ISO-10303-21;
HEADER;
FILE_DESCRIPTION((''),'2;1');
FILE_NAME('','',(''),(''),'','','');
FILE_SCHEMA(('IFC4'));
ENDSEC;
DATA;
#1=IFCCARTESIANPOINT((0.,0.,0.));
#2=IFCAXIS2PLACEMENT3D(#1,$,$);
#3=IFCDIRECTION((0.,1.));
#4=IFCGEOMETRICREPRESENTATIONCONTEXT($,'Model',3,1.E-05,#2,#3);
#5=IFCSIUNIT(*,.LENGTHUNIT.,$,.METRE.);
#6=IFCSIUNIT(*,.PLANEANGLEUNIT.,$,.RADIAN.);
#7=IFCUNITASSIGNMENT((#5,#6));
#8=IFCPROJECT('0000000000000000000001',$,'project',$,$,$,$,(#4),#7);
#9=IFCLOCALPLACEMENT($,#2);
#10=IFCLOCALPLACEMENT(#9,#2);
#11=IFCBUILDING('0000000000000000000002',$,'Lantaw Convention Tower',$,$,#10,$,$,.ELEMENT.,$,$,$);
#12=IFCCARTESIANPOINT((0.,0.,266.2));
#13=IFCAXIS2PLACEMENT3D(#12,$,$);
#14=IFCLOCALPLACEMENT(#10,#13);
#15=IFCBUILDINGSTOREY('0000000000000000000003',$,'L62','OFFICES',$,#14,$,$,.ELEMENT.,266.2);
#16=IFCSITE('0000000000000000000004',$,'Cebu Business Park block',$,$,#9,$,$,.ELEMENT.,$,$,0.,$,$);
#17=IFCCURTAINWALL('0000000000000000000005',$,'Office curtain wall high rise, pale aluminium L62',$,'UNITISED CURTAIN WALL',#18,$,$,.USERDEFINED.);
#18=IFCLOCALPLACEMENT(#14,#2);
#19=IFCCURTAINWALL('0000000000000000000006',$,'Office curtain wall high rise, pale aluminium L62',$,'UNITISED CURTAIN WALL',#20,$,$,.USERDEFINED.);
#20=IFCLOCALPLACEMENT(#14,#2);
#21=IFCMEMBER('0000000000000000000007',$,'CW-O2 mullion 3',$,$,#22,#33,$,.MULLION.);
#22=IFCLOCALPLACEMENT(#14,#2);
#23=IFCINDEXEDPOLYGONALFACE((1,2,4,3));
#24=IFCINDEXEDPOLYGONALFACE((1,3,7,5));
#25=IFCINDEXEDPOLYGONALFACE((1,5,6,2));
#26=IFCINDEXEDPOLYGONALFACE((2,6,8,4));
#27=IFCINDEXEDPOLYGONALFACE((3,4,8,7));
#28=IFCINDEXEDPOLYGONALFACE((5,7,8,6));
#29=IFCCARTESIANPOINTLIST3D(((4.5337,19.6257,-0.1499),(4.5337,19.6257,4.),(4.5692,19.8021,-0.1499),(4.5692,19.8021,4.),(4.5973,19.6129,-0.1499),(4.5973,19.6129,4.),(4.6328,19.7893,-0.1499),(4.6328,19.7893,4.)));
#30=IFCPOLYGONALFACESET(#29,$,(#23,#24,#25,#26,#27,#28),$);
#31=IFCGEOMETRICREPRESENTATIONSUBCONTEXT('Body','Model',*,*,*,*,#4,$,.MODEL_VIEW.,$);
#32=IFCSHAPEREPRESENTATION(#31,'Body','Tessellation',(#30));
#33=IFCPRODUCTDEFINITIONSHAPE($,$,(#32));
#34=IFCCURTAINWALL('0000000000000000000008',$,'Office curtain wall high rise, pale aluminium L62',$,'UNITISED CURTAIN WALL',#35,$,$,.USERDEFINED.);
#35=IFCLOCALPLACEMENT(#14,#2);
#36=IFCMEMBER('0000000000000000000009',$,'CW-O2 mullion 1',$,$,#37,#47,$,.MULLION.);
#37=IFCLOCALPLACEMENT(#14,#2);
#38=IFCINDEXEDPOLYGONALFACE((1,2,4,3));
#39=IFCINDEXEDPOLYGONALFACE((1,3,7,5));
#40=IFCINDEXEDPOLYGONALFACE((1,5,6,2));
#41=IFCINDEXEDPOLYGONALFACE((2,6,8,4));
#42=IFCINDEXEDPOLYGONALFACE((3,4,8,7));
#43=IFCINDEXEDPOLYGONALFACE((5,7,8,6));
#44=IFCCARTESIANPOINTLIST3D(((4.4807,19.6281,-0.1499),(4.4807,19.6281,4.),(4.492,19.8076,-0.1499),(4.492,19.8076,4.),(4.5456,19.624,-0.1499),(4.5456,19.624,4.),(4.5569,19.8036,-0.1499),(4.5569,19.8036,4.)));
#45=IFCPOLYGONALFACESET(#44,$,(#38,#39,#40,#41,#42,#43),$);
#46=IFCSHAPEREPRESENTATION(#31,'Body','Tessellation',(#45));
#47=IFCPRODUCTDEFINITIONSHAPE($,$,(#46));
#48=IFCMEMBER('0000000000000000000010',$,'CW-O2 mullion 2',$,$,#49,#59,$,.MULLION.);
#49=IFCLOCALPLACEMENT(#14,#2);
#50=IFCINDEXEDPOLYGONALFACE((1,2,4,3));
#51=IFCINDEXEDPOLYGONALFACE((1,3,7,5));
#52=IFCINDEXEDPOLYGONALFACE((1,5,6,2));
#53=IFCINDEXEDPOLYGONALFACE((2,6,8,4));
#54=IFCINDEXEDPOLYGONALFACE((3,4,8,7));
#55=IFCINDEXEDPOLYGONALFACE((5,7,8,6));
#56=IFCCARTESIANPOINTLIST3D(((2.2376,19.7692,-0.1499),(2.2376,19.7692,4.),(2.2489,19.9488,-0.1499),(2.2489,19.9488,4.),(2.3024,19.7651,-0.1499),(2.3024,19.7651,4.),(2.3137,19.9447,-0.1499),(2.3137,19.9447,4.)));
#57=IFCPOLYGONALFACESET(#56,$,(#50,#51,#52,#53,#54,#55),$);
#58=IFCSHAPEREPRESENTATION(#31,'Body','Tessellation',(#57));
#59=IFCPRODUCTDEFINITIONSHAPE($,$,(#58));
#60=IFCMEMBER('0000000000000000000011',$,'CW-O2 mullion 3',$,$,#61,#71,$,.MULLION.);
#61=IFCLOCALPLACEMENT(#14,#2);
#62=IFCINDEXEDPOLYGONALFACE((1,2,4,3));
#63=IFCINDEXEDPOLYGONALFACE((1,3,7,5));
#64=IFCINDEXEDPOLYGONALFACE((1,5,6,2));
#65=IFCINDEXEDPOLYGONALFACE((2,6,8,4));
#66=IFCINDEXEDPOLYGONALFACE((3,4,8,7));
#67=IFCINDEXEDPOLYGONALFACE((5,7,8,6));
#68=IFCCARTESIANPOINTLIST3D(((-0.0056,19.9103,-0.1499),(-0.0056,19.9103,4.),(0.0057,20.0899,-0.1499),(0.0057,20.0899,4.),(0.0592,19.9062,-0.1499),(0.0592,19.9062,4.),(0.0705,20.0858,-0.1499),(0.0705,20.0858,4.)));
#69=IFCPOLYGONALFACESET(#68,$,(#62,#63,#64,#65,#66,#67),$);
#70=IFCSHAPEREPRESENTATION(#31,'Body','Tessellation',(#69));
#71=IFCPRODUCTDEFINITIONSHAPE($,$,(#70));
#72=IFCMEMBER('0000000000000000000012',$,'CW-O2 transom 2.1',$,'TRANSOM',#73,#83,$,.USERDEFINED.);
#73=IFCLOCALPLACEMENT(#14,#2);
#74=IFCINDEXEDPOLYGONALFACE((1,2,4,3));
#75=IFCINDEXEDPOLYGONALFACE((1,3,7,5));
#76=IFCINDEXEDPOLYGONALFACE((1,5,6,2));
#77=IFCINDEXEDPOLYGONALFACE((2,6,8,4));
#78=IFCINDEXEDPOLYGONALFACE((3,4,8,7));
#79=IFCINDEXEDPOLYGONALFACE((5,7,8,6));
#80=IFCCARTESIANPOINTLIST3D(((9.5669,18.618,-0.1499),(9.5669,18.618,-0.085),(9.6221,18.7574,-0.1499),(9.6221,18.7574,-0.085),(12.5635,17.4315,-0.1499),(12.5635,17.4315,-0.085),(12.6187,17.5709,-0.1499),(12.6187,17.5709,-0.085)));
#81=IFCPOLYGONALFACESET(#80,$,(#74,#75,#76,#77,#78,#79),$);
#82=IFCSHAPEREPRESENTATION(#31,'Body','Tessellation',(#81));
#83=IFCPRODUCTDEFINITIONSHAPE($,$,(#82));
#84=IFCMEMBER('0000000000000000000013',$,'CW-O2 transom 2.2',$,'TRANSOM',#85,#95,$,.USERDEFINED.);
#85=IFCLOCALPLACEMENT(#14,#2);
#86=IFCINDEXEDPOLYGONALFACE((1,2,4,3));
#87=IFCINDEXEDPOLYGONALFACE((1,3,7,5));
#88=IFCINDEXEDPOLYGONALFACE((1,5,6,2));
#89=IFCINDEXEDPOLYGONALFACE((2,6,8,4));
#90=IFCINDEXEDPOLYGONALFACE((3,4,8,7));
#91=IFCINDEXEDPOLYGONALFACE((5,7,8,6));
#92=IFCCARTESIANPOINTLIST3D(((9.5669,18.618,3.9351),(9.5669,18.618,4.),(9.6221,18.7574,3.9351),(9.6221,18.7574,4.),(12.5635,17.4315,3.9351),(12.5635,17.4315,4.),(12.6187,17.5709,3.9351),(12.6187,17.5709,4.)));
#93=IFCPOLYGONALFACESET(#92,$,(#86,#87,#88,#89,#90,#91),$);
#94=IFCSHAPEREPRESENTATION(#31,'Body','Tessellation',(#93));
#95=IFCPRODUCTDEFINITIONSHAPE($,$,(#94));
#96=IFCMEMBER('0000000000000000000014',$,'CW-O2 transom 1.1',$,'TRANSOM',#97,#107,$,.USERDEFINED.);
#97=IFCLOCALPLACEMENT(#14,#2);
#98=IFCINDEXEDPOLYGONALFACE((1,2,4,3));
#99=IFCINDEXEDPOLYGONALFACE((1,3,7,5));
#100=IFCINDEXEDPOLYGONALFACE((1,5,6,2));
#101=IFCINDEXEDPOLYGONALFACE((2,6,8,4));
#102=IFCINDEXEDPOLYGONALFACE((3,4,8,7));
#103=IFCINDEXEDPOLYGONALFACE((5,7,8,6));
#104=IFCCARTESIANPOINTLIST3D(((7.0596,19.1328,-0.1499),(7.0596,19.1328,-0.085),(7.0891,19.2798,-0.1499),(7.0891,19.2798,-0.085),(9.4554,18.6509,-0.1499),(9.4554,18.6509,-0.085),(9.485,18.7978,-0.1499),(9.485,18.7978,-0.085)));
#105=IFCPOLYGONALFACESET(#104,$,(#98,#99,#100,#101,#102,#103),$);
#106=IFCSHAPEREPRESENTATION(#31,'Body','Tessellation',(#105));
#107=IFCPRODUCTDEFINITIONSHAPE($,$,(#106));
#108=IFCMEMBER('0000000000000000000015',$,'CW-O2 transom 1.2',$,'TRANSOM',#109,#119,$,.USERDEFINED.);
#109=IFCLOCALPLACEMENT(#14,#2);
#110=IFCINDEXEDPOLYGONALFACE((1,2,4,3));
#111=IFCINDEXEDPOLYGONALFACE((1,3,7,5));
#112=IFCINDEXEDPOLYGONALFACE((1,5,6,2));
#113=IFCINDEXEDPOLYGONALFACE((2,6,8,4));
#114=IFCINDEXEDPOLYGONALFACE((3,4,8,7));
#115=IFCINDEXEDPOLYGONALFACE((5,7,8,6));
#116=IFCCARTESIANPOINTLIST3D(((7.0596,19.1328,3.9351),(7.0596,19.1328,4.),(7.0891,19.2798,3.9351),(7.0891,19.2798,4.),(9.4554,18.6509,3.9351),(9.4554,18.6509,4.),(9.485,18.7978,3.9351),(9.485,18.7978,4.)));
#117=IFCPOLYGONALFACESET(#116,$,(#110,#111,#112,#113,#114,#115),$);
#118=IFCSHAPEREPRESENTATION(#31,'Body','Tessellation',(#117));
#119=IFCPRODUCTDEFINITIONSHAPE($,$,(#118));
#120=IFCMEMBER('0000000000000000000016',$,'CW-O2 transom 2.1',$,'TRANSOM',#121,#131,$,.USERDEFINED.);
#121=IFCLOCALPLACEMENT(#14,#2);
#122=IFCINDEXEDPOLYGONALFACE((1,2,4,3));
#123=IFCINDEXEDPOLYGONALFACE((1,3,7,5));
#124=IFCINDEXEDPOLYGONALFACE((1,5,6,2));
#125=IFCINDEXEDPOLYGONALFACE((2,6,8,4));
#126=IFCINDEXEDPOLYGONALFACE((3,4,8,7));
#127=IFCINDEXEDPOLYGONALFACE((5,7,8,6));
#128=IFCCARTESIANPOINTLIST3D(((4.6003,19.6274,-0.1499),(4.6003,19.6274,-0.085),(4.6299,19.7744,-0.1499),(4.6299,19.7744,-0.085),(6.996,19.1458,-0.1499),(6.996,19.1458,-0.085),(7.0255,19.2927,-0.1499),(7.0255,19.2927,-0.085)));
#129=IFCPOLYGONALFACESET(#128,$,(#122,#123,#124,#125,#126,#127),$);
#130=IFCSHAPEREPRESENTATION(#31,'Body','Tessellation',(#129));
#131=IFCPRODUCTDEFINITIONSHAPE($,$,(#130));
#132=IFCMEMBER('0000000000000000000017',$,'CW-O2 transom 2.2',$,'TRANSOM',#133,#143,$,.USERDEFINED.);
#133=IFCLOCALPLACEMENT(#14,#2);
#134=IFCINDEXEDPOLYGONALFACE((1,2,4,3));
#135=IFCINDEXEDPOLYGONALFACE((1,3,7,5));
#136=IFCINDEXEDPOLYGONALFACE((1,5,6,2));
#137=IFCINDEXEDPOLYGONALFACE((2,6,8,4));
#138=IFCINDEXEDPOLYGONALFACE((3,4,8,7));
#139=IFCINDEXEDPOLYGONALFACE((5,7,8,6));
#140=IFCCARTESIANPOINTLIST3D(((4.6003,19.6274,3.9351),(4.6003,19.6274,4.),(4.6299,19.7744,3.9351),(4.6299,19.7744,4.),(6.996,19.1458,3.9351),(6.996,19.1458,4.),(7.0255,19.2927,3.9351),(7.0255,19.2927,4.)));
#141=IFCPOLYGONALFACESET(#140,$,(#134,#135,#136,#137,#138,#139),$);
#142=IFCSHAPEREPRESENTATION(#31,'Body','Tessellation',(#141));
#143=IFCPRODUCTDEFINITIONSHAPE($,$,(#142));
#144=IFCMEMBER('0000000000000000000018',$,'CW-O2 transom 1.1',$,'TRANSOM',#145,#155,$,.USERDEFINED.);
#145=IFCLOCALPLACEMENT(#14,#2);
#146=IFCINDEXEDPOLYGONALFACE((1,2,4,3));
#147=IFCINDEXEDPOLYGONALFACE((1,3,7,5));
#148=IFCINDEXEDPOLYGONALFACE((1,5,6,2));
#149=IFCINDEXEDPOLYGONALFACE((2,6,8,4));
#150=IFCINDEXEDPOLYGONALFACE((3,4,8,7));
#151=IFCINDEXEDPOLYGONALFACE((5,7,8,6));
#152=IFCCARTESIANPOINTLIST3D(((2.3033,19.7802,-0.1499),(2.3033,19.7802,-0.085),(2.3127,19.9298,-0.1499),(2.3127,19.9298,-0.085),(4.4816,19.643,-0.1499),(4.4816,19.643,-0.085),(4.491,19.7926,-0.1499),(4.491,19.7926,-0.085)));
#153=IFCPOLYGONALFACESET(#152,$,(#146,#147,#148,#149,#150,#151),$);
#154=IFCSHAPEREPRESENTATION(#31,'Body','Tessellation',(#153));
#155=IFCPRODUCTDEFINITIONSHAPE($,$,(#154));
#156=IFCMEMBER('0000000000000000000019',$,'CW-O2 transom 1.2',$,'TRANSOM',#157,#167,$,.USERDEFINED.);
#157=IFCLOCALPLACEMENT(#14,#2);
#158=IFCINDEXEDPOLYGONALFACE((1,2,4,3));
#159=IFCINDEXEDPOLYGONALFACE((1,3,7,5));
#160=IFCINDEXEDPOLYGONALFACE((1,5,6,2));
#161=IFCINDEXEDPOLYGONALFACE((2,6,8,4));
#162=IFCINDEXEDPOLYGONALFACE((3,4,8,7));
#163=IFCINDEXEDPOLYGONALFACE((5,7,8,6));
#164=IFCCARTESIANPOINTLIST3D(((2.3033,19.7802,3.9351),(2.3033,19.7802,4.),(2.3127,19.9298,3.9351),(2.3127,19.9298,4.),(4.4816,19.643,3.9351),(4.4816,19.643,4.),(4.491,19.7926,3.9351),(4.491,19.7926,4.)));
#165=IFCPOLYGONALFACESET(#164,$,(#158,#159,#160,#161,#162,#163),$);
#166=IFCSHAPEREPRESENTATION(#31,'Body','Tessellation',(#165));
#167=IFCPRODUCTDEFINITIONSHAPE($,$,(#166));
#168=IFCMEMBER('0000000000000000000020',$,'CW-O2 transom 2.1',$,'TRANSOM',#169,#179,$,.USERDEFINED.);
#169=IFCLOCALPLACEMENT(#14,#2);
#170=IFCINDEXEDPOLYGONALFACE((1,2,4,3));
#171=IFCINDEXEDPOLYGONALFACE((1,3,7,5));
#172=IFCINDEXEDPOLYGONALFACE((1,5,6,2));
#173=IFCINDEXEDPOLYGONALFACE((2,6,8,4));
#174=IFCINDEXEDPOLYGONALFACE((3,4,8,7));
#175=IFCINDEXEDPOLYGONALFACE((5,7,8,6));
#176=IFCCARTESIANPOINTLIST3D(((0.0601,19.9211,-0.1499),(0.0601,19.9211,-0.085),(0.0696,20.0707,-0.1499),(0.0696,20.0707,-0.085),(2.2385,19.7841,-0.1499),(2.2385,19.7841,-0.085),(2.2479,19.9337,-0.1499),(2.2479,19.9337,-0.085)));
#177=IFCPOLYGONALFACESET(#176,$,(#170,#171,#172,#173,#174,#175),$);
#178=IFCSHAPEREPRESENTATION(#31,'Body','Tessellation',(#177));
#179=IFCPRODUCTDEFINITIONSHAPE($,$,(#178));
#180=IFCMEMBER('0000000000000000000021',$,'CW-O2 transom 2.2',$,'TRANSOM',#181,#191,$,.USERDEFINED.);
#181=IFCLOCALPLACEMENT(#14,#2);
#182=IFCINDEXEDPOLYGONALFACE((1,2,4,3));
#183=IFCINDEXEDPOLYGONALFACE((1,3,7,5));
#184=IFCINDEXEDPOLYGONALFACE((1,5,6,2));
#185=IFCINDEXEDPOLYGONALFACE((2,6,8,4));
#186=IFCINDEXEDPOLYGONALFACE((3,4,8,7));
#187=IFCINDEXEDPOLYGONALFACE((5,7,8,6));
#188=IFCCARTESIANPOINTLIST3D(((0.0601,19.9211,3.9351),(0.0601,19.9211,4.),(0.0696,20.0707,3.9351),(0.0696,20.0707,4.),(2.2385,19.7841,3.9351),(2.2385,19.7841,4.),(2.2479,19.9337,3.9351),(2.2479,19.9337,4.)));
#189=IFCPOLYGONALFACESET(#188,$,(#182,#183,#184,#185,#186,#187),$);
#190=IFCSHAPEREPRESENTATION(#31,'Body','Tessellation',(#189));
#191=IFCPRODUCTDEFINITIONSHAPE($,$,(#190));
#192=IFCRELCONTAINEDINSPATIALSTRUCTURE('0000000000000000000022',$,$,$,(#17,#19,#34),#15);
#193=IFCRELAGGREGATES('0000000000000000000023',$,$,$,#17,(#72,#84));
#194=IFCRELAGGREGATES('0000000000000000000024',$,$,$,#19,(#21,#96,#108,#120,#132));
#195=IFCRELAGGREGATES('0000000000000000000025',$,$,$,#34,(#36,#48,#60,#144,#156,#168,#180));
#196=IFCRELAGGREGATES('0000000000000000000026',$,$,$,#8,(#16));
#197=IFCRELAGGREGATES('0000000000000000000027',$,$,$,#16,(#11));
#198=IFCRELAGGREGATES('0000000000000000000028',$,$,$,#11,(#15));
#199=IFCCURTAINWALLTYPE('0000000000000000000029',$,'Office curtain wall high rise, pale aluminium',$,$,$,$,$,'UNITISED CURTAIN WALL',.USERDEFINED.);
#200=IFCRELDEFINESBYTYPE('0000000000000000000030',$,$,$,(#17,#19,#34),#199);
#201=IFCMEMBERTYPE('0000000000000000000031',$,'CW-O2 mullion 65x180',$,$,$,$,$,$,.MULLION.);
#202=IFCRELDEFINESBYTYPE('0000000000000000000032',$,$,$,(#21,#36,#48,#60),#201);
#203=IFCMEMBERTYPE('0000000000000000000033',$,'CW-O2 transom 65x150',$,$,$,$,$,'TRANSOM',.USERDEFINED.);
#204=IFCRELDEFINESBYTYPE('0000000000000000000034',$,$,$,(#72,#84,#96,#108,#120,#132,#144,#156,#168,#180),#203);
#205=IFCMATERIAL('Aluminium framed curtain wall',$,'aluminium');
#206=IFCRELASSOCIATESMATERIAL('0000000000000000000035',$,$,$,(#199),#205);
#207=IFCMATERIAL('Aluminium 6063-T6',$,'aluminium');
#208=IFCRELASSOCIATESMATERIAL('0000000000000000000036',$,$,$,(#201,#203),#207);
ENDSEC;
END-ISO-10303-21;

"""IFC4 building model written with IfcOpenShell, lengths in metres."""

from ifc_helpers import new_model, si_unit, direction, frame, origin, origin_2d, place, context, subcontext, project, spatial, rectangle, extrude, material, material_profile, profile_set, type_object, element, aggregate, save


model = new_model("IFC4")

# Units and contexts
model_context = context("Model", 3, precision=1e-05, world=origin(), true_north=direction((0.0, 1.0)))
body_context = subcontext(model_context, "Body", "Model", "MODEL_VIEW")
ifc_project = project(units=[si_unit("LENGTHUNIT", "METRE"), si_unit("PLANEANGLEUNIT", "RADIAN")], contexts=[model_context])

# Site, building, storey
site_placement = place(None, origin())
site = spatial("IfcSite", under=ifc_project, at=site_placement, Name="Cebu Business Park block", CompositionType="ELEMENT", RefElevation=0.0)
building_placement = place(site_placement, origin())
building = spatial("IfcBuilding", under=site, at=building_placement, Name="Lantaw Convention Tower", CompositionType="ELEMENT")
storey_placement = place(building_placement, frame((0.0, 0.0, 266.2)))
storey = spatial("IfcBuildingStorey", under=building, at=storey_placement, Name="L62", Description="OFFICES", CompositionType="ELEMENT", Elevation=266.2)

# Curtain walls, members
ifc_material_1 = material(Name="Aluminium framed curtain wall", Category="aluminium")
curtain_wall_type = type_object("IfcCurtainWallType", Name="Office curtain wall high rise, pale aluminium", ElementType="UNITISED CURTAIN WALL", PredefinedType="USERDEFINED", material=ifc_material_1)
curtain_wall_1_placement = place(storey_placement, origin())
curtain_wall_1 = element("IfcCurtainWall", 1, at=curtain_wall_1_placement, inside=storey, type_object=curtain_wall_type, Name="Office curtain wall high rise, pale aluminium L62", ObjectType="UNITISED CURTAIN WALL", PredefinedType="USERDEFINED")
ifc_material_2 = material(Name="Aluminium 6063-T6", Category="aluminium")
ifc_material_profile_1 = material_profile(ifc_material_2, rectangle(XDim=0.1799, YDim=0.0649, at=origin_2d()), Name="CW-O2 mullion 65x180")
ifc_profile_set_1 = profile_set([ifc_material_profile_1], Name="Aluminium 6063-T6")
member_type_1 = type_object("IfcMemberType", Name="CW-O2 mullion 65x180", PredefinedType="MULLION", material=ifc_profile_set_1)
curtain_wall_2_placement = place(storey_placement, origin())
curtain_wall_2 = element("IfcCurtainWall", 2, at=curtain_wall_2_placement, inside=storey, type_object=curtain_wall_type, Name="Office curtain wall high rise, pale aluminium L62", ObjectType="UNITISED CURTAIN WALL", PredefinedType="USERDEFINED")
member_1_placement = place(storey_placement, frame((4.5833, 19.7075, -0.1499), z_axis=(0.0, 0.0, 1.0), x_axis=(-0.197183, -0.980367, 0.0)))
member_1 = element("IfcMember", 3, at=member_1_placement, type_object=member_type_1, Name="CW-O2 mullion 3", PredefinedType="MULLION", context=body_context, shape_type="SweptSolid", body=[
    extrude(rectangle(XDim=0.1799, YDim=0.0649, at=origin_2d()), origin(), (0.0, 0.0, 1.0), 4.1499),
])
curtain_wall_3_placement = place(storey_placement, origin())
curtain_wall_3 = element("IfcCurtainWall", 4, at=curtain_wall_3_placement, inside=storey, type_object=curtain_wall_type, Name="Office curtain wall high rise, pale aluminium L62", ObjectType="UNITISED CURTAIN WALL", PredefinedType="USERDEFINED")
member_2_placement = place(storey_placement, frame((4.5188, 19.7158, -0.1499), z_axis=(0.0, 0.0, 1.0), x_axis=(-0.062758, -0.998029, 0.0)))
member_2 = element("IfcMember", 5, at=member_2_placement, type_object=member_type_1, Name="CW-O2 mullion 1", PredefinedType="MULLION", context=body_context, shape_type="SweptSolid", body=[
    extrude(rectangle(XDim=0.1799, YDim=0.0649, at=origin_2d()), origin(), (0.0, 0.0, 1.0), 4.1499),
])
member_3_placement = place(storey_placement, frame((2.2756, 19.8569, -0.1499), z_axis=(0.0, 0.0, 1.0), x_axis=(-0.062758, -0.998029, 0.0)))
member_3 = element("IfcMember", 6, at=member_3_placement, type_object=member_type_1, Name="CW-O2 mullion 2", PredefinedType="MULLION", context=body_context, shape_type="SweptSolid", body=[
    extrude(rectangle(XDim=0.1799, YDim=0.0649, at=origin_2d()), origin(), (0.0, 0.0, 1.0), 4.1499),
])
member_4_placement = place(storey_placement, frame((0.0325, 19.998, -0.1499), z_axis=(0.0, 0.0, 1.0), x_axis=(-0.062758, -0.998029, 0.0)))
member_4 = element("IfcMember", 7, at=member_4_placement, type_object=member_type_1, Name="CW-O2 mullion 3", PredefinedType="MULLION", context=body_context, shape_type="SweptSolid", body=[
    extrude(rectangle(XDim=0.1799, YDim=0.0649, at=origin_2d()), origin(), (0.0, 0.0, 1.0), 4.1499),
])

# Members
ifc_material_profile_2 = material_profile(ifc_material_2, rectangle(XDim=0.1499, YDim=0.0649, at=origin_2d()), Name="CW-O2 transom 65x150")
ifc_profile_set_2 = profile_set([ifc_material_profile_2], Name="Aluminium 6063-T6")
member_type_2 = type_object("IfcMemberType", Name="CW-O2 transom 65x150", ElementType="TRANSOM", PredefinedType="USERDEFINED", material=ifc_profile_set_2)
member_5_placement = place(storey_placement, frame((12.5911, 17.5012, -0.1174), z_axis=(-0.929767, 0.368149, 0.0), x_axis=(-0.368149, -0.929767, 0.0)))
member_5 = element("IfcMember", 8, at=member_5_placement, type_object=member_type_2, Name="CW-O2 transom 2.1", ObjectType="TRANSOM", PredefinedType="USERDEFINED", context=body_context, shape_type="SweptSolid", body=[
    extrude(rectangle(XDim=0.1499, YDim=0.0649, at=origin_2d()), origin(), (0.0, 0.0, 1.0), 3.2229),
])
member_6_placement = place(storey_placement, frame((12.5911, 17.5012, 3.9675), z_axis=(-0.929767, 0.368149, 0.0), x_axis=(-0.368149, -0.929767, 0.0)))
member_6 = element("IfcMember", 9, at=member_6_placement, type_object=member_type_2, Name="CW-O2 transom 2.2", ObjectType="TRANSOM", PredefinedType="USERDEFINED", context=body_context, shape_type="SweptSolid", body=[
    extrude(rectangle(XDim=0.1499, YDim=0.0649, at=origin_2d()), origin(), (0.0, 0.0, 1.0), 3.2229),
])
member_7_placement = place(storey_placement, frame((9.4702, 18.7244, -0.1174), z_axis=(-0.980361, 0.197211, 0.0), x_axis=(-0.197211, -0.980361, 0.0)))
member_7 = element("IfcMember", 10, at=member_7_placement, type_object=member_type_2, Name="CW-O2 transom 1.1", ObjectType="TRANSOM", PredefinedType="USERDEFINED", context=body_context, shape_type="SweptSolid", body=[
    extrude(rectangle(XDim=0.1499, YDim=0.0649, at=origin_2d()), origin(), (0.0, 0.0, 1.0), 2.4438),
])
member_8_placement = place(storey_placement, frame((9.4702, 18.7244, 3.9675), z_axis=(-0.980361, 0.197211, 0.0), x_axis=(-0.197211, -0.980361, 0.0)))
member_8 = element("IfcMember", 11, at=member_8_placement, type_object=member_type_2, Name="CW-O2 transom 1.2", ObjectType="TRANSOM", PredefinedType="USERDEFINED", context=body_context, shape_type="SweptSolid", body=[
    extrude(rectangle(XDim=0.1499, YDim=0.0649, at=origin_2d()), origin(), (0.0, 0.0, 1.0), 2.4438),
])
member_9_placement = place(storey_placement, frame((7.0107, 19.2192, -0.1174), z_axis=(-0.98038, 0.197115, 0.0), x_axis=(-0.197115, -0.98038, 0.0)))
member_9 = element("IfcMember", 12, at=member_9_placement, type_object=member_type_2, Name="CW-O2 transom 2.1", ObjectType="TRANSOM", PredefinedType="USERDEFINED", context=body_context, shape_type="SweptSolid", body=[
    extrude(rectangle(XDim=0.1499, YDim=0.0649, at=origin_2d()), origin(), (0.0, 0.0, 1.0), 2.4436),
])
member_10_placement = place(storey_placement, frame((7.0107, 19.2192, 3.9675), z_axis=(-0.98038, 0.197115, 0.0), x_axis=(-0.197115, -0.98038, 0.0)))
member_10 = element("IfcMember", 13, at=member_10_placement, type_object=member_type_2, Name="CW-O2 transom 2.2", ObjectType="TRANSOM", PredefinedType="USERDEFINED", context=body_context, shape_type="SweptSolid", body=[
    extrude(rectangle(XDim=0.1499, YDim=0.0649, at=origin_2d()), origin(), (0.0, 0.0, 1.0), 2.4436),
])
member_11_placement = place(storey_placement, frame((4.4863, 19.7178, -0.1174), z_axis=(-0.998022, 0.062866, 0.0), x_axis=(-0.062866, -0.998022, 0.0)))
member_11 = element("IfcMember", 14, at=member_11_placement, type_object=member_type_2, Name="CW-O2 transom 1.1", ObjectType="TRANSOM", PredefinedType="USERDEFINED", context=body_context, shape_type="SweptSolid", body=[
    extrude(rectangle(XDim=0.1499, YDim=0.0649, at=origin_2d()), origin(), (0.0, 0.0, 1.0), 2.1826),
])
member_12_placement = place(storey_placement, frame((4.4863, 19.7178, 3.9675), z_axis=(-0.998022, 0.062866, 0.0), x_axis=(-0.062866, -0.998022, 0.0)))
member_12 = element("IfcMember", 15, at=member_12_placement, type_object=member_type_2, Name="CW-O2 transom 1.2", ObjectType="TRANSOM", PredefinedType="USERDEFINED", context=body_context, shape_type="SweptSolid", body=[
    extrude(rectangle(XDim=0.1499, YDim=0.0649, at=origin_2d()), origin(), (0.0, 0.0, 1.0), 2.1826),
])
member_13_placement = place(storey_placement, frame((2.2432, 19.8589, -0.1174), z_axis=(-0.998029, 0.062754, 0.0), x_axis=(-0.062754, -0.998029, 0.0)))
member_13 = element("IfcMember", 16, at=member_13_placement, type_object=member_type_2, Name="CW-O2 transom 2.1", ObjectType="TRANSOM", PredefinedType="USERDEFINED", context=body_context, shape_type="SweptSolid", body=[
    extrude(rectangle(XDim=0.1499, YDim=0.0649, at=origin_2d()), origin(), (0.0, 0.0, 1.0), 2.1826),
])
member_14_placement = place(storey_placement, frame((2.2432, 19.8589, 3.9675), z_axis=(-0.998029, 0.062754, 0.0), x_axis=(-0.062754, -0.998029, 0.0)))
member_14 = element("IfcMember", 17, at=member_14_placement, type_object=member_type_2, Name="CW-O2 transom 2.2", ObjectType="TRANSOM", PredefinedType="USERDEFINED", context=body_context, shape_type="SweptSolid", body=[
    extrude(rectangle(XDim=0.1499, YDim=0.0649, at=origin_2d()), origin(), (0.0, 0.0, 1.0), 2.1826),
])

aggregate(curtain_wall_1, [member_5, member_6])
aggregate(curtain_wall_2, [member_1, member_7, member_8, member_9, member_10])
aggregate(curtain_wall_3, [member_2, member_3, member_4, member_11, member_12, member_13, member_14])

save(model, "model.ifc")
